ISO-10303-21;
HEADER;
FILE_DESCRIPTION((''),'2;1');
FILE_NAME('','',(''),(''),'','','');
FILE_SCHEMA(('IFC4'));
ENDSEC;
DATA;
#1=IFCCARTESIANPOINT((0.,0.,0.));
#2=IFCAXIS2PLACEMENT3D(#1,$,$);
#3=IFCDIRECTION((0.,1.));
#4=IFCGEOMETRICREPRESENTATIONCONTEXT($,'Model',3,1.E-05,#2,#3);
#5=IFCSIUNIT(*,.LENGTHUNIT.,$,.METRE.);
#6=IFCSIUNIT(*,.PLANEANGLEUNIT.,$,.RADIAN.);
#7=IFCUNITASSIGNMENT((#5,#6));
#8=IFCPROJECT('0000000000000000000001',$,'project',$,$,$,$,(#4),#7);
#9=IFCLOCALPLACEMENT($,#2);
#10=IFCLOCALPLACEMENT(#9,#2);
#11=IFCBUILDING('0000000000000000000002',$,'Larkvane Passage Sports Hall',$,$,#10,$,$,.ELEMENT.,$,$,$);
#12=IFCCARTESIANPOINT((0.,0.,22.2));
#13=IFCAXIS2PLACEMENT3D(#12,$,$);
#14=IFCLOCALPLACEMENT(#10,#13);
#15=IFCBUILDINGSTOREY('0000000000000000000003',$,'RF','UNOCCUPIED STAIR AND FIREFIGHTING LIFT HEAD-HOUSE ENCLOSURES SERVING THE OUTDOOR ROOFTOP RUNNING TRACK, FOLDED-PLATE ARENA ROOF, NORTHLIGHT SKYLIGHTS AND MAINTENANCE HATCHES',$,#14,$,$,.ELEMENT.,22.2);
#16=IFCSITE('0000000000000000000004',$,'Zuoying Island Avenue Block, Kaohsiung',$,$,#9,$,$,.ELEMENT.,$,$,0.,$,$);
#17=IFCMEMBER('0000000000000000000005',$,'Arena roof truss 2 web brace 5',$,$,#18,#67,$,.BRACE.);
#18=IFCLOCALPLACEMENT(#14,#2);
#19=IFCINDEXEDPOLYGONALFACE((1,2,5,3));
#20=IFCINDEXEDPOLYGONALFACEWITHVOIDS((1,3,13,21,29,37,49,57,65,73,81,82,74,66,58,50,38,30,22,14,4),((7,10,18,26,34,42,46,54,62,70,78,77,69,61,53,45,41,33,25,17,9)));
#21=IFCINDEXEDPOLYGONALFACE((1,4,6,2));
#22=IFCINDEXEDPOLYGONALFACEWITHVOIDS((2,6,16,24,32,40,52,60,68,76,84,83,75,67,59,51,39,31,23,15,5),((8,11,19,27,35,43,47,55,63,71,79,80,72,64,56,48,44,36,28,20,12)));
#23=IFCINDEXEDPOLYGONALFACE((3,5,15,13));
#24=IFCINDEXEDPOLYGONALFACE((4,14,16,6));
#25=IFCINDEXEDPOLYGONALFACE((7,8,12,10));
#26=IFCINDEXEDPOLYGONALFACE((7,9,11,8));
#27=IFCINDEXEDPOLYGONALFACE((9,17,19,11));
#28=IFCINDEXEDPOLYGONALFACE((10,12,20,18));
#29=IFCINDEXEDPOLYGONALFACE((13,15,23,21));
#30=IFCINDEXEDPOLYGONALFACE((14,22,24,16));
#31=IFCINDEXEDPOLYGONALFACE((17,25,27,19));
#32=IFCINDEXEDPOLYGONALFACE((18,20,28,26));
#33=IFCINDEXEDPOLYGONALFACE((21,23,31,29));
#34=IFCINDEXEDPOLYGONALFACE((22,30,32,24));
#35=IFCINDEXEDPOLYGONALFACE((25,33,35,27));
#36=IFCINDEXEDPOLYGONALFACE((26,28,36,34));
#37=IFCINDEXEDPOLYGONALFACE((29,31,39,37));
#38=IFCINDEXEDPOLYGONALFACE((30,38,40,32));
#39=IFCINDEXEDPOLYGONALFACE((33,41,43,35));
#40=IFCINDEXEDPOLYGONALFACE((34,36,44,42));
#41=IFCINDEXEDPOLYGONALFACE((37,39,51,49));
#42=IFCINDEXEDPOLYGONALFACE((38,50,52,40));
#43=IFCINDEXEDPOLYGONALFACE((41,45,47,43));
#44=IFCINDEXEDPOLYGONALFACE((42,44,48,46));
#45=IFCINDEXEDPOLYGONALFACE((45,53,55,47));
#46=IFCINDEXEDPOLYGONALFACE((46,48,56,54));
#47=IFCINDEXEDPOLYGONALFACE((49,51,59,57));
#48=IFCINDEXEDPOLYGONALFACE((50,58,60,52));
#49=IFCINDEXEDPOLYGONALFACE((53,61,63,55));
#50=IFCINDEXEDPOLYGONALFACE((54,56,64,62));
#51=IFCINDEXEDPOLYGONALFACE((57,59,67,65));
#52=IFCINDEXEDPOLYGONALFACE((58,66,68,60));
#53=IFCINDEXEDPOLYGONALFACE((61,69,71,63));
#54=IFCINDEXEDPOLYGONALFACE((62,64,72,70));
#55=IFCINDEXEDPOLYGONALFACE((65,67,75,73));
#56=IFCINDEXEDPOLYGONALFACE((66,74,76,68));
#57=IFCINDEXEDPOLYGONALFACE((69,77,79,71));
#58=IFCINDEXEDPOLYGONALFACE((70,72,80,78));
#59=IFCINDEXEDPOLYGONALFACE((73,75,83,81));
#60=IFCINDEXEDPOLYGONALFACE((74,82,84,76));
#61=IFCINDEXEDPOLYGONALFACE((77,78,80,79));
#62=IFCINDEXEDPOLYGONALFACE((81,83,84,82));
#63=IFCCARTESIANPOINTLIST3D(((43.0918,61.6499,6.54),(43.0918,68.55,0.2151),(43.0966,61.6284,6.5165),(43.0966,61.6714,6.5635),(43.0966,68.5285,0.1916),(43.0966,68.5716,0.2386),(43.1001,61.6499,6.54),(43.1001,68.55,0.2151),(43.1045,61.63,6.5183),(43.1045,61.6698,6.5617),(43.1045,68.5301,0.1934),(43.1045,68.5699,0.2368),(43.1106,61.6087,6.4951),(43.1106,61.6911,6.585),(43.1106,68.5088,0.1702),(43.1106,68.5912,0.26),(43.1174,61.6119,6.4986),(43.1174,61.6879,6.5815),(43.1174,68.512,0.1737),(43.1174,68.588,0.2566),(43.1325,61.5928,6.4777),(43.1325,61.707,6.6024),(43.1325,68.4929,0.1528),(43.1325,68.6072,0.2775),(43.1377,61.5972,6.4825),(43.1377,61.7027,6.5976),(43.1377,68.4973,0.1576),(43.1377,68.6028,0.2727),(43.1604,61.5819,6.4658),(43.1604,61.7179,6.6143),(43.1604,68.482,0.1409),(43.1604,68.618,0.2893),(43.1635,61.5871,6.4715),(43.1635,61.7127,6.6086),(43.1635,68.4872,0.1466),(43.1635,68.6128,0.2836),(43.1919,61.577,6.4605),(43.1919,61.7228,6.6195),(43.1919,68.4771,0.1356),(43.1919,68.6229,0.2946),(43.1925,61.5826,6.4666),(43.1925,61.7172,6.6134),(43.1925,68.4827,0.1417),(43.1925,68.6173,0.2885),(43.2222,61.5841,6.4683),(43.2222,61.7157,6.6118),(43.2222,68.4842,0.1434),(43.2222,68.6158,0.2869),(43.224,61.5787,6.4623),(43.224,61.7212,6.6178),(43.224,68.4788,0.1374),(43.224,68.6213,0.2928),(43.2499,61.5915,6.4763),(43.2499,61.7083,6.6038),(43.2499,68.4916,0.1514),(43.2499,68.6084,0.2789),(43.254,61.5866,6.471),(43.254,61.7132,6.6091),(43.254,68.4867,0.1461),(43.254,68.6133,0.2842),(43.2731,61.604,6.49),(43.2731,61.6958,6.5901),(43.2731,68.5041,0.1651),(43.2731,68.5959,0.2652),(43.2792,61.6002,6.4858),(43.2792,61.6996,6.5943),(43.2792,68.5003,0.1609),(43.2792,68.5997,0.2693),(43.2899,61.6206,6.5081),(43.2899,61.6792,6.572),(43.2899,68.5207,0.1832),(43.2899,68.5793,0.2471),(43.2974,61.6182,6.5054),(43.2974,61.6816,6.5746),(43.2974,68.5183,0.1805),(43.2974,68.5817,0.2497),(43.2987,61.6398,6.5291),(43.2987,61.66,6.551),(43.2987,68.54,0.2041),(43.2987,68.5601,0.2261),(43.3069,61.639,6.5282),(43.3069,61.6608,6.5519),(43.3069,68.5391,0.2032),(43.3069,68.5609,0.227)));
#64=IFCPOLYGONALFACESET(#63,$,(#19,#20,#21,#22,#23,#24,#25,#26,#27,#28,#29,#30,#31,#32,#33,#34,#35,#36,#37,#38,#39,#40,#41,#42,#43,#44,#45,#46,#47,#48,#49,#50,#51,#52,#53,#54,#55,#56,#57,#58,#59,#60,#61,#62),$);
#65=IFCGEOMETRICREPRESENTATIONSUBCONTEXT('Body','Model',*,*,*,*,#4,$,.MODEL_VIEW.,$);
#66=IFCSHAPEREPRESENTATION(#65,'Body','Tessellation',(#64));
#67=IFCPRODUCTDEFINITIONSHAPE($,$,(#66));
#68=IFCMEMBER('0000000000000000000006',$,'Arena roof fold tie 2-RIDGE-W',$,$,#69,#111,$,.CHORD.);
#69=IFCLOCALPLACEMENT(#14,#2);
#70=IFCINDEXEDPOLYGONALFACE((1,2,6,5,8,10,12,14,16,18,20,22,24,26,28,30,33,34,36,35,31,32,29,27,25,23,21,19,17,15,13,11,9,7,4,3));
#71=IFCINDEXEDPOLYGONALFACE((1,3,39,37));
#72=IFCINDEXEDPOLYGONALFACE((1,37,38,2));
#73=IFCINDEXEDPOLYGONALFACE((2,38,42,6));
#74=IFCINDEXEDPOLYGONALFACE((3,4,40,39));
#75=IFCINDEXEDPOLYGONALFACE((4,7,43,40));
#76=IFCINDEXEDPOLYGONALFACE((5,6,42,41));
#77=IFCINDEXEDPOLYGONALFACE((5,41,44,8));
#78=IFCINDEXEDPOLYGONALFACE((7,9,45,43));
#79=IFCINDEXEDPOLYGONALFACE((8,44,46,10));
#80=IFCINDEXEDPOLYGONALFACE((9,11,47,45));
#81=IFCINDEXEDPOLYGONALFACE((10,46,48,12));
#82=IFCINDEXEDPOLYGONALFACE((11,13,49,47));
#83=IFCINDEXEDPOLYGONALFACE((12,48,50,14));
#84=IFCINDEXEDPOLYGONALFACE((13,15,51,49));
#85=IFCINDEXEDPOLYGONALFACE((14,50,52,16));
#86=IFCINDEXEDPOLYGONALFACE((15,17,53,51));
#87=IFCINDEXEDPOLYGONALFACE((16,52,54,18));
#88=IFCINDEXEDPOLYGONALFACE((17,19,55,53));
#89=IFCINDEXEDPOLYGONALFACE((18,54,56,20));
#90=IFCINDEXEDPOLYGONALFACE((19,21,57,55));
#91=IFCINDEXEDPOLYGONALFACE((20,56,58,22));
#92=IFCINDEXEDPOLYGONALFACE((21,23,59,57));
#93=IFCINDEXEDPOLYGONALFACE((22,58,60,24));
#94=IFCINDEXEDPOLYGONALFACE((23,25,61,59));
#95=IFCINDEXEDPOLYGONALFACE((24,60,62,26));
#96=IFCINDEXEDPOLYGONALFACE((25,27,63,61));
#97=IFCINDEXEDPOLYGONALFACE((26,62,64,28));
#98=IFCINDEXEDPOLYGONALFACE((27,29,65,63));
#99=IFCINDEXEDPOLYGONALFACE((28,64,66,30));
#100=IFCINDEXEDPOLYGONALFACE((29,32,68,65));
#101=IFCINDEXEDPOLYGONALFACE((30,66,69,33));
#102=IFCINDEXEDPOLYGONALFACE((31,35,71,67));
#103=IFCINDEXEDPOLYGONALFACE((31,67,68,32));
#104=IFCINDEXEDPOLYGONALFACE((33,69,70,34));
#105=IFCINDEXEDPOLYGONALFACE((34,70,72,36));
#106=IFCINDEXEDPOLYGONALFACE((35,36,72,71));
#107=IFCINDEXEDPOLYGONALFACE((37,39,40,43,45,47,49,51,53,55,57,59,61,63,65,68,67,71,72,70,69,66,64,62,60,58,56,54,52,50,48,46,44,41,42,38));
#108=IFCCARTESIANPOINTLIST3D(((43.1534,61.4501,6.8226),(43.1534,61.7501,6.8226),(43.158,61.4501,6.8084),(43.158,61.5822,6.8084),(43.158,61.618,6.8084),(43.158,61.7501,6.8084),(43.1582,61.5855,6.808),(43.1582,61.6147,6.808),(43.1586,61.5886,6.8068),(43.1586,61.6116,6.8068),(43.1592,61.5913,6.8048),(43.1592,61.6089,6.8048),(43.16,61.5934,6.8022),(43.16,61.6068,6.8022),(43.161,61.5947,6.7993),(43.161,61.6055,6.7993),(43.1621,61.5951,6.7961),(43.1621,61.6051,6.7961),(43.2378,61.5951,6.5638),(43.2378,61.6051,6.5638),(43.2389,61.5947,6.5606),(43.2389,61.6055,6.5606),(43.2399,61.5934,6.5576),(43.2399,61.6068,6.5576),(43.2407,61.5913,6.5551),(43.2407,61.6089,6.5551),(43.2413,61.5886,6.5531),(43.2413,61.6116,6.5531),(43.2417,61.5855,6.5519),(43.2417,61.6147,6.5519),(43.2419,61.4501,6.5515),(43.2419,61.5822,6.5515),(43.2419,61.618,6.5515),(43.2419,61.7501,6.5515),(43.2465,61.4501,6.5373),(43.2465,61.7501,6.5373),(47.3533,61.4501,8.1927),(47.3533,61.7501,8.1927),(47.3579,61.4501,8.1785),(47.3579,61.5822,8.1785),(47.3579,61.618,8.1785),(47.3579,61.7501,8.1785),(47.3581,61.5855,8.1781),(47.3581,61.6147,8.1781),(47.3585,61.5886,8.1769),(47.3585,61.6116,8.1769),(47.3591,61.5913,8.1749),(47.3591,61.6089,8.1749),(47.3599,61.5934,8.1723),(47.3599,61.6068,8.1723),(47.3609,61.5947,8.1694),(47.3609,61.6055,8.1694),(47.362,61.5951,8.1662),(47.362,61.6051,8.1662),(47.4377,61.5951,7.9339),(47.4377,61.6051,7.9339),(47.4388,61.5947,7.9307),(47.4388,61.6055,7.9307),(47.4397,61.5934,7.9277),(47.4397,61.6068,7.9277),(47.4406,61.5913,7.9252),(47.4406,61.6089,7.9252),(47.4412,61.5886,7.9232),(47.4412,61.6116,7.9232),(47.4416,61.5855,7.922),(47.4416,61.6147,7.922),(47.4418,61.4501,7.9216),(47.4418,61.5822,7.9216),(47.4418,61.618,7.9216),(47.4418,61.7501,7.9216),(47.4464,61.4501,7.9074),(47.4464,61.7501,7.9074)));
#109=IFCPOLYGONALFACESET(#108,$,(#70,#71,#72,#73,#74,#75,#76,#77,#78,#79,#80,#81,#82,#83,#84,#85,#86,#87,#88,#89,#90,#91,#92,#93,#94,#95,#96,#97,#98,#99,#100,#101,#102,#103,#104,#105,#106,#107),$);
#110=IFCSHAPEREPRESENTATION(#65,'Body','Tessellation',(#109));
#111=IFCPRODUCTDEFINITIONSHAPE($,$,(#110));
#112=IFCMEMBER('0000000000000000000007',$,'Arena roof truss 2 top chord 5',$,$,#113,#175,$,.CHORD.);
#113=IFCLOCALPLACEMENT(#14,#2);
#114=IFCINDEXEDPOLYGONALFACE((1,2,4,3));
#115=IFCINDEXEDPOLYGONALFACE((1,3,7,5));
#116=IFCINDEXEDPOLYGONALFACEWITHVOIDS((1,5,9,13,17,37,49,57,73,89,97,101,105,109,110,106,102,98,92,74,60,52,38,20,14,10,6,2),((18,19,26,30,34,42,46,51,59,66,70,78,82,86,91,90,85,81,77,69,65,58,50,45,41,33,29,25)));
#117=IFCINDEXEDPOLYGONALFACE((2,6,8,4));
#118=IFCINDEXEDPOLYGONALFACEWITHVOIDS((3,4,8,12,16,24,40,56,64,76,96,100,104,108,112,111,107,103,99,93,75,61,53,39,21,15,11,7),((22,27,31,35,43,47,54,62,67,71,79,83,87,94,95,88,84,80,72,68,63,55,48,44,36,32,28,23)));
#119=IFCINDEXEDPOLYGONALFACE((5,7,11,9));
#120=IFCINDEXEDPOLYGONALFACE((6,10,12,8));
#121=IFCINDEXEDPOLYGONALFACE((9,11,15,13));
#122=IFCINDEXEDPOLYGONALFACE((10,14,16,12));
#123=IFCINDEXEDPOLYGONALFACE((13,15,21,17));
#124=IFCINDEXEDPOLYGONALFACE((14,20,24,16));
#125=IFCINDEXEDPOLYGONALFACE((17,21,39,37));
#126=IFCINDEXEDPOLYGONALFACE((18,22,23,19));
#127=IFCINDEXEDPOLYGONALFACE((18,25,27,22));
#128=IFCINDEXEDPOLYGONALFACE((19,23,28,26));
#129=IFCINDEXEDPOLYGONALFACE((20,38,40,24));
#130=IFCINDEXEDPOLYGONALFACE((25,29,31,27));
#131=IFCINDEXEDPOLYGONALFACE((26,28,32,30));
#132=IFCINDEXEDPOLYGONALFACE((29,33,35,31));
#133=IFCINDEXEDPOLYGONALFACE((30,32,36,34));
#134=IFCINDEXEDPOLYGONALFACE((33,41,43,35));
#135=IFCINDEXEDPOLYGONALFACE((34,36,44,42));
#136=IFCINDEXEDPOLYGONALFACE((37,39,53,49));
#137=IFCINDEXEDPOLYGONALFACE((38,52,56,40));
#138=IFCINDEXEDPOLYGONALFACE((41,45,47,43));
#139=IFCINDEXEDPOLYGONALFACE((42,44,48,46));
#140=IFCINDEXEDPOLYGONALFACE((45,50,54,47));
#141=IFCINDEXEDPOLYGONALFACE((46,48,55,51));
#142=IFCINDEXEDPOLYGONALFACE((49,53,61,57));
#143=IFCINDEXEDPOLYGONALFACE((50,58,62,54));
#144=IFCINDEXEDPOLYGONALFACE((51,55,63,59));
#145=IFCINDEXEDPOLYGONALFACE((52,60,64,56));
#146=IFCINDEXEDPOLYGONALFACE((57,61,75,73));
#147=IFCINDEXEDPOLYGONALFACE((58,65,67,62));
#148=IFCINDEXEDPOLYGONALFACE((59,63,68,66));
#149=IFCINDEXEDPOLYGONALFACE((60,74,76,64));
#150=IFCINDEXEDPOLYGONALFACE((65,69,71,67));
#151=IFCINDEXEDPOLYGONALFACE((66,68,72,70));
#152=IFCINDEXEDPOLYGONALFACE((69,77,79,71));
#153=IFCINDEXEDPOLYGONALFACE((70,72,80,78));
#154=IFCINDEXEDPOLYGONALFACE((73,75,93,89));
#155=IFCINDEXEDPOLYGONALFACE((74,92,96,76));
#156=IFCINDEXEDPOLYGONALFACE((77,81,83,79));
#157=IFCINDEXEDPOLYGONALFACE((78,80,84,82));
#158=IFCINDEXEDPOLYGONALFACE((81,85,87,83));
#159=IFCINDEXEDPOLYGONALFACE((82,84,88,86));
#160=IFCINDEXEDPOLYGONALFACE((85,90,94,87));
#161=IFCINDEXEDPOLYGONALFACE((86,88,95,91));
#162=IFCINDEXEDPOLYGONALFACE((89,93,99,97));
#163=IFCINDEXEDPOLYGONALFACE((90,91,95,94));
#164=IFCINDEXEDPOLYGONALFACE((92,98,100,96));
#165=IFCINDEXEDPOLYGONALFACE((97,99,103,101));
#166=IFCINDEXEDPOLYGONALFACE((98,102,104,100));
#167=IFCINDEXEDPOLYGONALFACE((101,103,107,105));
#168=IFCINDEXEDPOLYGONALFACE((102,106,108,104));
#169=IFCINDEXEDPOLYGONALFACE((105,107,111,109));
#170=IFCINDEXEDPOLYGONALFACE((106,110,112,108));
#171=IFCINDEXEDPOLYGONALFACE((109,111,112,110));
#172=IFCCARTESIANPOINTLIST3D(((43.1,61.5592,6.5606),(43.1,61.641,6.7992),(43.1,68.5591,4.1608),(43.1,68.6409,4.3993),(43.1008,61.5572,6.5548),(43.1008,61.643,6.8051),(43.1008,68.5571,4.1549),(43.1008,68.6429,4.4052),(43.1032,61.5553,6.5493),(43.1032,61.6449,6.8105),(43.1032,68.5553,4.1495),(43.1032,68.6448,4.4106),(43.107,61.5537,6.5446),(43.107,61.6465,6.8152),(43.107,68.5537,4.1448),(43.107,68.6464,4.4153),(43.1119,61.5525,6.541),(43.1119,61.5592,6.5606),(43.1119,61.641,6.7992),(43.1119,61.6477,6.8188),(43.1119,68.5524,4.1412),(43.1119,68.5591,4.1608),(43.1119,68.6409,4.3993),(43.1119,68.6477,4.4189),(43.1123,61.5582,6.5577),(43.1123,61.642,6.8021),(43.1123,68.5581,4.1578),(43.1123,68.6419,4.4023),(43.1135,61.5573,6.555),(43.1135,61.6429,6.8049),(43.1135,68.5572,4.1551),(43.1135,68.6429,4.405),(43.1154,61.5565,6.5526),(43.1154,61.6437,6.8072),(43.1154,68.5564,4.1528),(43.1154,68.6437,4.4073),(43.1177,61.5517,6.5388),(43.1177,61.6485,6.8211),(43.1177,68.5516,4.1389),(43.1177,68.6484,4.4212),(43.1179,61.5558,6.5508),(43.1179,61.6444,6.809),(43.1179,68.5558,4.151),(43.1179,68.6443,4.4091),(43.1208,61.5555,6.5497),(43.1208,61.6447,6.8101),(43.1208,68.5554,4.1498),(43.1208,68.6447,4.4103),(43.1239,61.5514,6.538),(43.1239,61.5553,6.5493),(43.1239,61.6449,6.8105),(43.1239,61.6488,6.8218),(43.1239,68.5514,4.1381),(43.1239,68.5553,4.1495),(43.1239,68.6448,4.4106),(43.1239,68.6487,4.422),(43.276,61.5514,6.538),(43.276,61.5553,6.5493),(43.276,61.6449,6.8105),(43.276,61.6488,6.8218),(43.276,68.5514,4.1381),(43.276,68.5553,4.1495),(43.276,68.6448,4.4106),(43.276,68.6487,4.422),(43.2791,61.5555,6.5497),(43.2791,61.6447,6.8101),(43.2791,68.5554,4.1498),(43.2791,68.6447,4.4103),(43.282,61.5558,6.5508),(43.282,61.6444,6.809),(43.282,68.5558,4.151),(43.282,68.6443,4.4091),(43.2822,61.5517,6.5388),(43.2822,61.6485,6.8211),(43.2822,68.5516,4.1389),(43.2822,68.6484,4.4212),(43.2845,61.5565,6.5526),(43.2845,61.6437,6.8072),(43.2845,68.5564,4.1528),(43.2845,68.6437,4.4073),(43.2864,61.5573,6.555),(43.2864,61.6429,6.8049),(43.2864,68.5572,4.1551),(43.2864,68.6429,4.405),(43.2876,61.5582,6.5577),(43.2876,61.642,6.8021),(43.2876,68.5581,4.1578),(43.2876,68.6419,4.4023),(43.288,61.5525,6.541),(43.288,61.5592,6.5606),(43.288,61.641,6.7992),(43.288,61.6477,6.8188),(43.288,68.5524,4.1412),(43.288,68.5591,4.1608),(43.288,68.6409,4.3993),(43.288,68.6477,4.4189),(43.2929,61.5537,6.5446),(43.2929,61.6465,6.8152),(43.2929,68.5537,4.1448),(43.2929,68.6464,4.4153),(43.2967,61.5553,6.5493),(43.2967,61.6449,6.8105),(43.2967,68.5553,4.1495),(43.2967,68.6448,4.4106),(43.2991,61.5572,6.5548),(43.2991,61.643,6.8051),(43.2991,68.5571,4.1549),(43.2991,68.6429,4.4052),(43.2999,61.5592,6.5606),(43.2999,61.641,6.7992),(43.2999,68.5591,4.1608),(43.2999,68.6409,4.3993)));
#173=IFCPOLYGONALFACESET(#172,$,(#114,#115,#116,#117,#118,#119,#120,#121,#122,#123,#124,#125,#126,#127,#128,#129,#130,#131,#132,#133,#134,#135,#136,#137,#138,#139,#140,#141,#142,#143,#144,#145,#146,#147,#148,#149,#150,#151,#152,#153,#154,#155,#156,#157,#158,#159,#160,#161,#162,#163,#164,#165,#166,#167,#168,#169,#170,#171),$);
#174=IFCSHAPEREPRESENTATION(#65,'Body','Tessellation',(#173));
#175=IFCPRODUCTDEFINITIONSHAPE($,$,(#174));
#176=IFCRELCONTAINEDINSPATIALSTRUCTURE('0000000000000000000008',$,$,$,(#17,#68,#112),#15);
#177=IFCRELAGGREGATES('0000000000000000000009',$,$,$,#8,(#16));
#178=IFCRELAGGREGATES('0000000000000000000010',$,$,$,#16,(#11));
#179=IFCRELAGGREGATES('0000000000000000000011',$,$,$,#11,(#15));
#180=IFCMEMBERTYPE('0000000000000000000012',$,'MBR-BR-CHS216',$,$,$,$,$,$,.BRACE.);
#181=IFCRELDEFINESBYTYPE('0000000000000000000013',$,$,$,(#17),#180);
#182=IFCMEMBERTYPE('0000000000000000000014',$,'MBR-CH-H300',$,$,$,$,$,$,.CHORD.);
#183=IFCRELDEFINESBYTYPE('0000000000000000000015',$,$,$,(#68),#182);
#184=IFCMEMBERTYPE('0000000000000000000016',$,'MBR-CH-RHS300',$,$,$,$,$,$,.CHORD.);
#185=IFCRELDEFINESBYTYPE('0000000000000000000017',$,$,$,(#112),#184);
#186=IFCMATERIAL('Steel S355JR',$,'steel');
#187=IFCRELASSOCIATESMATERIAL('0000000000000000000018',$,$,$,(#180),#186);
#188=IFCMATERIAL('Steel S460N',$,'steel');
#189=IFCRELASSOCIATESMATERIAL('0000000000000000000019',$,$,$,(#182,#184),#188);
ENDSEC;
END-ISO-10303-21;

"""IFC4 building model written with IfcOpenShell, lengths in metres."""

from ifc_helpers import new_model, si_unit, direction, frame, origin, origin_2d, place, context, subcontext, project, spatial, hollow_rectangle, hollow_circle, i_section, extrude, material, material_profile, profile_set, type_object, element, save


model = new_model("IFC4")

# Units and contexts
model_context = context("Model", 3, precision=1e-05, world=origin(), true_north=direction((0.0, 1.0)))
body_context = subcontext(model_context, "Body", "Model", "MODEL_VIEW")
ifc_project = project(units=[si_unit("LENGTHUNIT", "METRE"), si_unit("PLANEANGLEUNIT", "RADIAN")], contexts=[model_context])

# Site, building, storey
site_placement = place(None, origin())
site = spatial("IfcSite", under=ifc_project, at=site_placement, Name="Zuoying Island Avenue Block, Kaohsiung", CompositionType="ELEMENT", RefElevation=0.0)
building_placement = place(site_placement, origin())
building = spatial("IfcBuilding", under=site, at=building_placement, Name="Larkvane Passage Sports Hall", CompositionType="ELEMENT")
storey_placement = place(building_placement, frame((0.0, 0.0, 22.2)))
storey = spatial("IfcBuildingStorey", under=building, at=storey_placement, Name="RF", Description="UNOCCUPIED STAIR AND FIREFIGHTING LIFT HEAD-HOUSE ENCLOSURES SERVING THE OUTDOOR ROOFTOP RUNNING TRACK, FOLDED-PLATE ARENA ROOF, NORTHLIGHT SKYLIGHTS AND MAINTENANCE HATCHES", CompositionType="ELEMENT", Elevation=22.2)

# Members
ifc_material_1 = material(Name="Steel S355JR", Category="steel")
ifc_material_profile_1 = material_profile(ifc_material_1, hollow_circle(Radius=0.1082, WallThickness=0.0083, at=origin_2d()), Name="CHS-216.3x8.2")
ifc_profile_set_1 = profile_set([ifc_material_profile_1], Name="Steel S355JR")
member_type_1 = type_object("IfcMemberType", Name="MBR-BR-CHS216", PredefinedType="BRACE", material=ifc_profile_set_1)
member_1_placement = place(storey_placement, frame((43.2, 61.6499, 6.54), z_axis=(0.0, 0.737164, -0.675714), x_axis=(-1.0, 0.0, 0.0)))
element("IfcMember", 1, at=member_1_placement, inside=storey, type_object=member_type_1, Name="Arena roof truss 2 web brace 5", PredefinedType="BRACE", context=body_context, shape_type="SweptSolid", body=[
    extrude(hollow_circle(Radius=0.1082, WallThickness=0.0083, at=origin_2d()), origin(), (0.0, 0.0, 1.0), 9.3604),
])
ifc_material_2 = material(Name="Steel S460N", Category="steel")
ifc_material_profile_2 = material_profile(ifc_material_2, i_section(OverallWidth=0.3, OverallDepth=0.3, WebThickness=0.01, FlangeThickness=0.0149, FilletRadius=0.0129, at=origin_2d()), Name="H-300x300x10x15")
ifc_profile_set_2 = profile_set([ifc_material_profile_2], Name="Steel S460N")
member_type_2 = type_object("IfcMemberType", Name="MBR-CH-H300", PredefinedType="CHORD", material=ifc_profile_set_2)
member_2_placement = place(storey_placement, frame((43.2, 61.6001, 6.6799), z_axis=(0.950692, 0.0, 0.310137), x_axis=(0.0, 1.0, 0.0)))
element("IfcMember", 2, at=member_2_placement, inside=storey, type_object=member_type_2, Name="Arena roof fold tie 2-RIDGE-W", PredefinedType="CHORD", context=body_context, shape_type="SweptSolid", body=[
    extrude(i_section(OverallWidth=0.3, OverallDepth=0.3, WebThickness=0.01, FlangeThickness=0.0149, FilletRadius=0.0129, at=origin_2d()), origin(), (0.0, 0.0, 1.0), 4.4177),
])
ifc_material_profile_3 = material_profile(ifc_material_2, hollow_rectangle(XDim=0.2, YDim=0.3, WallThickness=0.012, InnerFilletRadius=0.012, OuterFilletRadius=0.0239, at=origin_2d()), Name="RHS-300x200x12")
ifc_profile_set_3 = profile_set([ifc_material_profile_3], Name="Steel S460N")
member_type_3 = type_object("IfcMemberType", Name="MBR-CH-RHS300", PredefinedType="CHORD", material=ifc_profile_set_3)
member_3_placement = place(storey_placement, frame((43.2, 61.6001, 6.6799), z_axis=(0.0, 0.94595, -0.324313), x_axis=(-1.0, 0.0, 0.0)))
element("IfcMember", 3, at=member_3_placement, inside=storey, type_object=member_type_3, Name="Arena roof truss 2 top chord 5", PredefinedType="CHORD", context=body_context, shape_type="SweptSolid", body=[
    extrude(hollow_rectangle(XDim=0.2, YDim=0.3, WallThickness=0.012, InnerFilletRadius=0.012, OuterFilletRadius=0.0239, at=origin_2d()), origin(), (0.0, 0.0, 1.0), 7.3999),
])

save(model, "model.ifc")
